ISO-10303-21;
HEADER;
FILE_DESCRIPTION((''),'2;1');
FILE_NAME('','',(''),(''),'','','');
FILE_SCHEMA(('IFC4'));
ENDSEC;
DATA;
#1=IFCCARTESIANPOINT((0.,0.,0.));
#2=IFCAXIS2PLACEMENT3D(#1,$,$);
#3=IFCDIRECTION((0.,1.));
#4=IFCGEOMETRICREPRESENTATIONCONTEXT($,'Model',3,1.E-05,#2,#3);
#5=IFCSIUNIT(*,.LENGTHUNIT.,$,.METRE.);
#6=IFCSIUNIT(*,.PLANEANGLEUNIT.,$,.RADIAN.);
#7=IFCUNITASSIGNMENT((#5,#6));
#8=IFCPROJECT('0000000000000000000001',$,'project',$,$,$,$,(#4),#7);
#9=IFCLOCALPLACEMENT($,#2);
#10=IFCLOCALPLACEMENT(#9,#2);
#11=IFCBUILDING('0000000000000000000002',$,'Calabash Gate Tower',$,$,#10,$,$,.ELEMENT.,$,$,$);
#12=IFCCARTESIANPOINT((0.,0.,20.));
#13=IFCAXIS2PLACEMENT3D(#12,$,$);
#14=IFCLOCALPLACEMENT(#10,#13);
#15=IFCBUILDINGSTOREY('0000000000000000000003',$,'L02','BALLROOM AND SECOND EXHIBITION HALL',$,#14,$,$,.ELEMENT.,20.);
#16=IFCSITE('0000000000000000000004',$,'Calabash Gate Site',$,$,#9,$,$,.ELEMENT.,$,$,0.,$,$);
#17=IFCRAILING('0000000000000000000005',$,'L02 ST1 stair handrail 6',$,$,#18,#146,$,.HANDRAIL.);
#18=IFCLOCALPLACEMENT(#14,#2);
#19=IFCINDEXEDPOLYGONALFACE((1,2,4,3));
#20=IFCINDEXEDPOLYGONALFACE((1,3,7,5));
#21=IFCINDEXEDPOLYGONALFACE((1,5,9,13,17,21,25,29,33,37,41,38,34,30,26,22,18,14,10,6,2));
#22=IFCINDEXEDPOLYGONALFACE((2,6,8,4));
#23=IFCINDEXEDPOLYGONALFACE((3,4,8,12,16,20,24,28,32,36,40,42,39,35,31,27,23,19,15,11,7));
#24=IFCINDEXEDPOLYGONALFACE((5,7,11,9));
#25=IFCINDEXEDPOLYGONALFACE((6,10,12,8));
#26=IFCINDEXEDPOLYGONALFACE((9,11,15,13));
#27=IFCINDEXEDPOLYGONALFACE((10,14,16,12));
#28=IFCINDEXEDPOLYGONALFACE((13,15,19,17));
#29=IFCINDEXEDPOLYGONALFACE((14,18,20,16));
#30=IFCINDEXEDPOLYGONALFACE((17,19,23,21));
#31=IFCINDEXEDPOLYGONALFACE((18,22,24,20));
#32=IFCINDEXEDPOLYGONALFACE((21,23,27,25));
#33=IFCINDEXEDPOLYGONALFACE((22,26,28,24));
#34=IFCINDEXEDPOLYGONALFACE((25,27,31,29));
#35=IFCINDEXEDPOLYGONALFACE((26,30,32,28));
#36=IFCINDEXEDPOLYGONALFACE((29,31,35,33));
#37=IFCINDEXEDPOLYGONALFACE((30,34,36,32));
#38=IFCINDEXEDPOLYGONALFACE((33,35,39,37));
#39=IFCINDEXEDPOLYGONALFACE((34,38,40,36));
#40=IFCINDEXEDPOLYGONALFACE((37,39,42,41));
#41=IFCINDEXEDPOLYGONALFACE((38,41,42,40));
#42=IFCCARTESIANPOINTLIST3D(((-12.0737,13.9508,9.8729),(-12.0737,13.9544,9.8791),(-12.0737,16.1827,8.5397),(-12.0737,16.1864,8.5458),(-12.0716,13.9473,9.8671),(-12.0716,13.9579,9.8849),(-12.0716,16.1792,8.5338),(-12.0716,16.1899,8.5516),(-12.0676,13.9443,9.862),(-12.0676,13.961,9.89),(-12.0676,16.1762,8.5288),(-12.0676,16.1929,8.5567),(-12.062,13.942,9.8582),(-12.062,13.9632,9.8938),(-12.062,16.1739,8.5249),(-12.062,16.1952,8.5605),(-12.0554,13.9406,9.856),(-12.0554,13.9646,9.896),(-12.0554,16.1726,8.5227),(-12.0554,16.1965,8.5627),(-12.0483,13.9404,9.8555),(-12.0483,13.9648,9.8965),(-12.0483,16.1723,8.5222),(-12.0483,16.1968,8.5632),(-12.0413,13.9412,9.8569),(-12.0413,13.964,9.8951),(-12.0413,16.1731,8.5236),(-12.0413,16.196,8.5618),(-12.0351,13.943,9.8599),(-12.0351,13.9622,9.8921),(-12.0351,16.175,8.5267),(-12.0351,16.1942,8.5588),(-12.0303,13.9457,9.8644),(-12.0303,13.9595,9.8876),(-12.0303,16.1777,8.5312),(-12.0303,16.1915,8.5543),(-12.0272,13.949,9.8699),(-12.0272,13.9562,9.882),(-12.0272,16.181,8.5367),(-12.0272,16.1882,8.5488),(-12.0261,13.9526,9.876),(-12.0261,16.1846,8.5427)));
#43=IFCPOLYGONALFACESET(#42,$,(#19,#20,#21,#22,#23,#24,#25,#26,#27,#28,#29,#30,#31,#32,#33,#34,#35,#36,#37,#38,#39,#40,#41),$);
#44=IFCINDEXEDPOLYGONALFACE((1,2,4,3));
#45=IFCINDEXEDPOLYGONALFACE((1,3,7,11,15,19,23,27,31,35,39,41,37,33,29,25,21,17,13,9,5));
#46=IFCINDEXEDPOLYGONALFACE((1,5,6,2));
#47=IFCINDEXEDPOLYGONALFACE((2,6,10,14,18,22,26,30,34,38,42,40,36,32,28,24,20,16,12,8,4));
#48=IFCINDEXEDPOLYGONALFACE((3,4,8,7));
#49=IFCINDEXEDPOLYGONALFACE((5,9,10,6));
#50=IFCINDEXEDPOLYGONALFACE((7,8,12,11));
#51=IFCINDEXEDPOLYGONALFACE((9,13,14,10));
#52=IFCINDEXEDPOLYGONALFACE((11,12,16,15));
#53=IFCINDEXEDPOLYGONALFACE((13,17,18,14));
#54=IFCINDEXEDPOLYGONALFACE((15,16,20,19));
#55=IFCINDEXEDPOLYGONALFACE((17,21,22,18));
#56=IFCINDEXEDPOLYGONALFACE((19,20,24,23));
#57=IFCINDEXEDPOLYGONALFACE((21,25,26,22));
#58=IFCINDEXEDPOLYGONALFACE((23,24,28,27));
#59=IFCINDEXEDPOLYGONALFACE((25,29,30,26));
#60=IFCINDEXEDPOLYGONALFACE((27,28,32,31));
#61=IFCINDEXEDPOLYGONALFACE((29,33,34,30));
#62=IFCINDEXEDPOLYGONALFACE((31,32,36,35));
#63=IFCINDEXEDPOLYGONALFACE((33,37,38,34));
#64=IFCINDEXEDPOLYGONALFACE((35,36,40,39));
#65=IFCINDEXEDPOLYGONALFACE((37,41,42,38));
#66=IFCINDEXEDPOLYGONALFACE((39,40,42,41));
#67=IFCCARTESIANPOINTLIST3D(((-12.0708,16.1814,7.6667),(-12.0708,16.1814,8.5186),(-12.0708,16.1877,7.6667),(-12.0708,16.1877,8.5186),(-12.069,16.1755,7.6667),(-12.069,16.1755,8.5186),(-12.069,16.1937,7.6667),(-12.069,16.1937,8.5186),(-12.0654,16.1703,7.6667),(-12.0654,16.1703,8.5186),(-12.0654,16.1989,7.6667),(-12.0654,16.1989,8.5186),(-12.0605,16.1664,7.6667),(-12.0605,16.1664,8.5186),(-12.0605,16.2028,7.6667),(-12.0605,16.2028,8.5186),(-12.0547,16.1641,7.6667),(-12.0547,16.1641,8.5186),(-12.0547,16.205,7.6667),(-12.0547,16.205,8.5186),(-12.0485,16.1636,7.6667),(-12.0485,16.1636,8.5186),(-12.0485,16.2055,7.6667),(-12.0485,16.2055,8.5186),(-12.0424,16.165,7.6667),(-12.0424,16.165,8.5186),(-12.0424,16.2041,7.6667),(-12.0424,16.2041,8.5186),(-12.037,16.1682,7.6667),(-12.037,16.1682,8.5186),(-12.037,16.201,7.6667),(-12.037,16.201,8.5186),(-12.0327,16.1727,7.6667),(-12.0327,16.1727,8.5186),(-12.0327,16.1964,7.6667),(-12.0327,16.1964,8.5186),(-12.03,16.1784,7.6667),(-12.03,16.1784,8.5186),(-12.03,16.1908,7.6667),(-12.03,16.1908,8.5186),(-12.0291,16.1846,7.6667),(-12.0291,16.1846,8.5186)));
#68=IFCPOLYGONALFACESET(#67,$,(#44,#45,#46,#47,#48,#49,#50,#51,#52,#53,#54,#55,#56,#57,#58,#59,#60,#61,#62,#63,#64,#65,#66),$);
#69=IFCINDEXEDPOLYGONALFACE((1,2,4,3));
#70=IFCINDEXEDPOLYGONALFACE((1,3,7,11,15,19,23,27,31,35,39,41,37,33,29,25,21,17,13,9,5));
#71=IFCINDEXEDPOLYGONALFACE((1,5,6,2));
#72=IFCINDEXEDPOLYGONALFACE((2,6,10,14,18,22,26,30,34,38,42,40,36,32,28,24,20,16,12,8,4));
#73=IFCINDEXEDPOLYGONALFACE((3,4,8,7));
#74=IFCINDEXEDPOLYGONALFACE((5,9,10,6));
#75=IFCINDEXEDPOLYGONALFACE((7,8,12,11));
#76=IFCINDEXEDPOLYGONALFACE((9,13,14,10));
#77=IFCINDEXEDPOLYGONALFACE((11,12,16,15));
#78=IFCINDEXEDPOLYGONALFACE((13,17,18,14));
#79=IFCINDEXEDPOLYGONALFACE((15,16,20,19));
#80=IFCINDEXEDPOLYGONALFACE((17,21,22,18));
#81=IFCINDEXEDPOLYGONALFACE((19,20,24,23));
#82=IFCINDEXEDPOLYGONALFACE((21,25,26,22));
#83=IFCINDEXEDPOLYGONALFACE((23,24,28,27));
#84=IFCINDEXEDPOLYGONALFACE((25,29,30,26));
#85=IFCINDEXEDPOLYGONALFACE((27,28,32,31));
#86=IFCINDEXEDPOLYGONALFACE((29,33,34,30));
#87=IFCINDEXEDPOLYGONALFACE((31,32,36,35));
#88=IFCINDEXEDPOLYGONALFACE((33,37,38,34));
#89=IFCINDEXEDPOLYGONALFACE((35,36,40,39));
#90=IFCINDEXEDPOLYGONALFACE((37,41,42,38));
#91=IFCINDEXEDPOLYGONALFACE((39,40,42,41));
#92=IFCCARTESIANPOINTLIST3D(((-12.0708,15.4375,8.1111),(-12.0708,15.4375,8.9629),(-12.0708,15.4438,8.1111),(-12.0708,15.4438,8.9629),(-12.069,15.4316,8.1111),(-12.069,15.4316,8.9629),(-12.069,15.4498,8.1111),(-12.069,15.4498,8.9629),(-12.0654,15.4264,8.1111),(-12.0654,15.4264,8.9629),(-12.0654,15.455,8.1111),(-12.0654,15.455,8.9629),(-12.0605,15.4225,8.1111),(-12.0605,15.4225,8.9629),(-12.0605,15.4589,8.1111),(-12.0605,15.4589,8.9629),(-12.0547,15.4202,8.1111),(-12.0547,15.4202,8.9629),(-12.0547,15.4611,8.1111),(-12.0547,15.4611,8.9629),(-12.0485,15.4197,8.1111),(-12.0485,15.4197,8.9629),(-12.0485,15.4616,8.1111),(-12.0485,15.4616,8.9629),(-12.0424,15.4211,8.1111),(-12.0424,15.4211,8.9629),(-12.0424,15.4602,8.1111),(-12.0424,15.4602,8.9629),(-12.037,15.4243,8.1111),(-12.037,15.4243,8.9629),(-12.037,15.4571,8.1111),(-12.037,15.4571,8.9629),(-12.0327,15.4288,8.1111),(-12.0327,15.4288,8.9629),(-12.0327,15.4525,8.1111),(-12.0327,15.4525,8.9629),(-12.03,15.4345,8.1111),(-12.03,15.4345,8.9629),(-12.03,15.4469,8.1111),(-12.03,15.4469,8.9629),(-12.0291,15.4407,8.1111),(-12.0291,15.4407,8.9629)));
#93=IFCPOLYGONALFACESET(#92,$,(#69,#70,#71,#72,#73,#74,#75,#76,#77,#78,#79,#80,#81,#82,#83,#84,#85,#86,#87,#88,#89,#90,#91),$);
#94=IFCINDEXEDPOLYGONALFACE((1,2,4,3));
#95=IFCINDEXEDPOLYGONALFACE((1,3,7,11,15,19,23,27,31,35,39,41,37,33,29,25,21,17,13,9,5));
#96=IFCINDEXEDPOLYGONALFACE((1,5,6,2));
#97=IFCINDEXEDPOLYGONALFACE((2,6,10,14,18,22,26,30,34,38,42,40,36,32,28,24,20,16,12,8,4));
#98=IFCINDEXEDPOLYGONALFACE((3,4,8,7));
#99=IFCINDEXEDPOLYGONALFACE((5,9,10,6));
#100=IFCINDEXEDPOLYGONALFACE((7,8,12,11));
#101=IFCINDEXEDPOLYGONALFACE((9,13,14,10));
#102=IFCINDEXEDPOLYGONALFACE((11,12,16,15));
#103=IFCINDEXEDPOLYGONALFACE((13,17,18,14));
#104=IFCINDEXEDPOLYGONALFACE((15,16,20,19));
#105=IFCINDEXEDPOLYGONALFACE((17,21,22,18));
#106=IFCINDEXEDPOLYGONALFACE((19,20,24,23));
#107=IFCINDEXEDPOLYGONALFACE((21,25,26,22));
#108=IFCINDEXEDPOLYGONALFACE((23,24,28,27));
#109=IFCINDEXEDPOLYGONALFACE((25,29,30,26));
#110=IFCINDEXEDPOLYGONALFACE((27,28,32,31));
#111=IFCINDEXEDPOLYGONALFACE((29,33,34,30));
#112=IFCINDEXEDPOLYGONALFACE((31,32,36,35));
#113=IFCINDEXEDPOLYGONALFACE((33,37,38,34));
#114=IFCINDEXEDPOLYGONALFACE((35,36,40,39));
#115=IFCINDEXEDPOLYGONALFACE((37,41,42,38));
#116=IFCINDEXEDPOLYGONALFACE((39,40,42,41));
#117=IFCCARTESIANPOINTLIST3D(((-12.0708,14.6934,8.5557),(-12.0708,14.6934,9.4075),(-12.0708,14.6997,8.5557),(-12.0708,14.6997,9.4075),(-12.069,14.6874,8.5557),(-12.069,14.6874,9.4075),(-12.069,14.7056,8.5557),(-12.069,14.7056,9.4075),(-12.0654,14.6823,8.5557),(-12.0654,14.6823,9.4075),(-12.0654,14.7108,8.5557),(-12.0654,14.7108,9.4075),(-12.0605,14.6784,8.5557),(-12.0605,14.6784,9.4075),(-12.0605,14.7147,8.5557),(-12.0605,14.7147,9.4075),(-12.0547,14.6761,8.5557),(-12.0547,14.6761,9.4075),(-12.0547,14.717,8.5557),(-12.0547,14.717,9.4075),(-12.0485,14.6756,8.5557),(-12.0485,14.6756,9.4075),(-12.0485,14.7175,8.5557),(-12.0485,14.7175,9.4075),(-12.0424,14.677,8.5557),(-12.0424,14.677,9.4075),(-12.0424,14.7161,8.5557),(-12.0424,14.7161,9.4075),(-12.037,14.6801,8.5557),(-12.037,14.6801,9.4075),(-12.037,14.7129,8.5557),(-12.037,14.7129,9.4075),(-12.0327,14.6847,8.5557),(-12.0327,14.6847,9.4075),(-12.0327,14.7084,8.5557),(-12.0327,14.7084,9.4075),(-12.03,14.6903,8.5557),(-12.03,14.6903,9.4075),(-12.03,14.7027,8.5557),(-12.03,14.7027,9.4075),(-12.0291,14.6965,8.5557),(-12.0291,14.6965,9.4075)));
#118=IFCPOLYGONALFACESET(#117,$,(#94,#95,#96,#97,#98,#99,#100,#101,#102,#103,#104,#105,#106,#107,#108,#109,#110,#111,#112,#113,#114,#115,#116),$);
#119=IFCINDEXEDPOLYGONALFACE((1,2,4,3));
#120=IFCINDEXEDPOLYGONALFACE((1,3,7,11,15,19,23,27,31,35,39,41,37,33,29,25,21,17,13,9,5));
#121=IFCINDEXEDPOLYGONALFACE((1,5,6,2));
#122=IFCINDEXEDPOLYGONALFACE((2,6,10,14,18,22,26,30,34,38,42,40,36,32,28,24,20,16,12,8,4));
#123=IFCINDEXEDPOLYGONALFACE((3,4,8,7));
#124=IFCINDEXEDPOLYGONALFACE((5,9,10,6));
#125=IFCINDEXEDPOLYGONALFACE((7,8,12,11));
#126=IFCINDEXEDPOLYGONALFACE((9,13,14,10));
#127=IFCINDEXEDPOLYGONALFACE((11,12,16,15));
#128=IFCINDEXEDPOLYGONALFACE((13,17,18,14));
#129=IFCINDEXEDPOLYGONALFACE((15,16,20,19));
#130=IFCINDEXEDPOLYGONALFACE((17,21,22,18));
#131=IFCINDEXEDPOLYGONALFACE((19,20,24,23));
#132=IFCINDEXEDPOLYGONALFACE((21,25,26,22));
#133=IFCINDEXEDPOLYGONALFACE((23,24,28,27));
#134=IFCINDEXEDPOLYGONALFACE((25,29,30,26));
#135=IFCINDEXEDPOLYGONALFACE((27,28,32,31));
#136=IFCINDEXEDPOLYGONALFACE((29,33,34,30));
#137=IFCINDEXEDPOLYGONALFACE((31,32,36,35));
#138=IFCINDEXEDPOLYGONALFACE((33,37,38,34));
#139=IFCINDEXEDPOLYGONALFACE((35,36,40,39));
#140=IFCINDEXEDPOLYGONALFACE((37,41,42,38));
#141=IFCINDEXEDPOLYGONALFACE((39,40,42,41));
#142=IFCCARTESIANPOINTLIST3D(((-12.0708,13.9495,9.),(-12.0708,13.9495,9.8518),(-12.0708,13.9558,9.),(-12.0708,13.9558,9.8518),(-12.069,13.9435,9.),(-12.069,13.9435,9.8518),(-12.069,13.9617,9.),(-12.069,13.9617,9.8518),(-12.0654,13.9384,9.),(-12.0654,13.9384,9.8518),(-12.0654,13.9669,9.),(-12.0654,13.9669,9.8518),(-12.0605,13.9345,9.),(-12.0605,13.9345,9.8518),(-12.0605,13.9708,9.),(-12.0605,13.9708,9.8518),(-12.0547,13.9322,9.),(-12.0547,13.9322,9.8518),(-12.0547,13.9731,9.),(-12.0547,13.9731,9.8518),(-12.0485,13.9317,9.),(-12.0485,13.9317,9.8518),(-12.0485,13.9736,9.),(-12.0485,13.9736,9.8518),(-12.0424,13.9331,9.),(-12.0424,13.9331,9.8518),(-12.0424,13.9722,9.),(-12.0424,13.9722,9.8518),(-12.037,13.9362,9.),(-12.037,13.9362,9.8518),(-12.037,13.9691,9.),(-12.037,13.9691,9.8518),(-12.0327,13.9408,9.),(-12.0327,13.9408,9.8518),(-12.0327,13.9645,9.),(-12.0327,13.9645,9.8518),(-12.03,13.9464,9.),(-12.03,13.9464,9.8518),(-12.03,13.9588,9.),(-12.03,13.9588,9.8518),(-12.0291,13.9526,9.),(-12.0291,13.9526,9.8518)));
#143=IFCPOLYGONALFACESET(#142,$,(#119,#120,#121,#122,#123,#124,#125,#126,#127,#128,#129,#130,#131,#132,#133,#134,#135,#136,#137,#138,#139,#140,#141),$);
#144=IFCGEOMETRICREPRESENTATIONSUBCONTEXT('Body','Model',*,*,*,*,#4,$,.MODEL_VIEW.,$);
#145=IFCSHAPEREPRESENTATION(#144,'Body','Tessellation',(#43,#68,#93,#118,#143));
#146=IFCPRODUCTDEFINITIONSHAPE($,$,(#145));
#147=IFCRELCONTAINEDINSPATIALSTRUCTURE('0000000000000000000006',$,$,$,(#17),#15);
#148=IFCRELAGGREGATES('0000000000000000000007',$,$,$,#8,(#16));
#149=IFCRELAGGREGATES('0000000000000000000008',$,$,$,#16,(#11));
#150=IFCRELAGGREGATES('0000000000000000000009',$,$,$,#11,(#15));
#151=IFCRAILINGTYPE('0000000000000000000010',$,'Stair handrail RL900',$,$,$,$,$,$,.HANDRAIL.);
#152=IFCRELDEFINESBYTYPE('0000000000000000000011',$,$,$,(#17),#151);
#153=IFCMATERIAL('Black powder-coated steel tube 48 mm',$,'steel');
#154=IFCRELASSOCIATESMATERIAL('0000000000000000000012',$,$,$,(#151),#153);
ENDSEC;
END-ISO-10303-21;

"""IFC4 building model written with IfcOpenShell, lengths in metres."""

from ifc_helpers import new_model, si_unit, direction, frame, origin, origin_2d, place, context, subcontext, project, spatial, circle, extrude, material, type_object, element, save


model = new_model("IFC4")

# Units and contexts
model_context = context("Model", 3, precision=1e-05, world=origin(), true_north=direction((0.0, 1.0)))
body_context = subcontext(model_context, "Body", "Model", "MODEL_VIEW")
ifc_project = project(units=[si_unit("LENGTHUNIT", "METRE"), si_unit("PLANEANGLEUNIT", "RADIAN")], contexts=[model_context])

# Site, building, storey
site_placement = place(None, origin())
site = spatial("IfcSite", under=ifc_project, at=site_placement, Name="Calabash Gate Site", CompositionType="ELEMENT", RefElevation=0.0)
building_placement = place(site_placement, origin())
building = spatial("IfcBuilding", under=site, at=building_placement, Name="Calabash Gate Tower", CompositionType="ELEMENT")
storey_placement = place(building_placement, frame((0.0, 0.0, 20.0)))
storey = spatial("IfcBuildingStorey", under=building, at=storey_placement, Name="L02", Description="BALLROOM AND SECOND EXHIBITION HALL", CompositionType="ELEMENT", Elevation=20.0)

# Railing
ifc_material_1 = material(Name="Black powder-coated steel tube 48 mm", Category="steel")
railing_type_1 = type_object("IfcRailingType", Name="Stair handrail RL900", PredefinedType="HANDRAIL", material=ifc_material_1)
railing_1_placement = place(storey_placement, frame((-12.05, 16.1846, 7.6667)))
element("IfcRailing", 1, at=railing_1_placement, inside=storey, type_object=railing_type_1, Name="L02 ST1 stair handrail 6", PredefinedType="HANDRAIL", context=body_context, shape_type="SweptSolid", body=[
    extrude(circle(Radius=0.0239, at=origin_2d()), frame((0.0, 0.0, 0.876), z_axis=(0.0, -0.858494, 0.512824), x_axis=(1.0, 0.0, 0.0)), (0.0, 0.0, 1.0), 2.5999),
    extrude(circle(Radius=0.021, at=origin_2d()), origin(), (0.0, 0.0, 1.0), 0.8518),
    extrude(circle(Radius=0.021, at=origin_2d()), frame((0.0, -0.7439, 0.4443)), (0.0, 0.0, 1.0), 0.8518),
    extrude(circle(Radius=0.021, at=origin_2d()), frame((0.0, -1.488, 0.8889)), (0.0, 0.0, 1.0), 0.8518),
    extrude(circle(Radius=0.021, at=origin_2d()), frame((0.0, -2.2319, 1.3333)), (0.0, 0.0, 1.0), 0.8518),
])

save(model, "model.ifc")
